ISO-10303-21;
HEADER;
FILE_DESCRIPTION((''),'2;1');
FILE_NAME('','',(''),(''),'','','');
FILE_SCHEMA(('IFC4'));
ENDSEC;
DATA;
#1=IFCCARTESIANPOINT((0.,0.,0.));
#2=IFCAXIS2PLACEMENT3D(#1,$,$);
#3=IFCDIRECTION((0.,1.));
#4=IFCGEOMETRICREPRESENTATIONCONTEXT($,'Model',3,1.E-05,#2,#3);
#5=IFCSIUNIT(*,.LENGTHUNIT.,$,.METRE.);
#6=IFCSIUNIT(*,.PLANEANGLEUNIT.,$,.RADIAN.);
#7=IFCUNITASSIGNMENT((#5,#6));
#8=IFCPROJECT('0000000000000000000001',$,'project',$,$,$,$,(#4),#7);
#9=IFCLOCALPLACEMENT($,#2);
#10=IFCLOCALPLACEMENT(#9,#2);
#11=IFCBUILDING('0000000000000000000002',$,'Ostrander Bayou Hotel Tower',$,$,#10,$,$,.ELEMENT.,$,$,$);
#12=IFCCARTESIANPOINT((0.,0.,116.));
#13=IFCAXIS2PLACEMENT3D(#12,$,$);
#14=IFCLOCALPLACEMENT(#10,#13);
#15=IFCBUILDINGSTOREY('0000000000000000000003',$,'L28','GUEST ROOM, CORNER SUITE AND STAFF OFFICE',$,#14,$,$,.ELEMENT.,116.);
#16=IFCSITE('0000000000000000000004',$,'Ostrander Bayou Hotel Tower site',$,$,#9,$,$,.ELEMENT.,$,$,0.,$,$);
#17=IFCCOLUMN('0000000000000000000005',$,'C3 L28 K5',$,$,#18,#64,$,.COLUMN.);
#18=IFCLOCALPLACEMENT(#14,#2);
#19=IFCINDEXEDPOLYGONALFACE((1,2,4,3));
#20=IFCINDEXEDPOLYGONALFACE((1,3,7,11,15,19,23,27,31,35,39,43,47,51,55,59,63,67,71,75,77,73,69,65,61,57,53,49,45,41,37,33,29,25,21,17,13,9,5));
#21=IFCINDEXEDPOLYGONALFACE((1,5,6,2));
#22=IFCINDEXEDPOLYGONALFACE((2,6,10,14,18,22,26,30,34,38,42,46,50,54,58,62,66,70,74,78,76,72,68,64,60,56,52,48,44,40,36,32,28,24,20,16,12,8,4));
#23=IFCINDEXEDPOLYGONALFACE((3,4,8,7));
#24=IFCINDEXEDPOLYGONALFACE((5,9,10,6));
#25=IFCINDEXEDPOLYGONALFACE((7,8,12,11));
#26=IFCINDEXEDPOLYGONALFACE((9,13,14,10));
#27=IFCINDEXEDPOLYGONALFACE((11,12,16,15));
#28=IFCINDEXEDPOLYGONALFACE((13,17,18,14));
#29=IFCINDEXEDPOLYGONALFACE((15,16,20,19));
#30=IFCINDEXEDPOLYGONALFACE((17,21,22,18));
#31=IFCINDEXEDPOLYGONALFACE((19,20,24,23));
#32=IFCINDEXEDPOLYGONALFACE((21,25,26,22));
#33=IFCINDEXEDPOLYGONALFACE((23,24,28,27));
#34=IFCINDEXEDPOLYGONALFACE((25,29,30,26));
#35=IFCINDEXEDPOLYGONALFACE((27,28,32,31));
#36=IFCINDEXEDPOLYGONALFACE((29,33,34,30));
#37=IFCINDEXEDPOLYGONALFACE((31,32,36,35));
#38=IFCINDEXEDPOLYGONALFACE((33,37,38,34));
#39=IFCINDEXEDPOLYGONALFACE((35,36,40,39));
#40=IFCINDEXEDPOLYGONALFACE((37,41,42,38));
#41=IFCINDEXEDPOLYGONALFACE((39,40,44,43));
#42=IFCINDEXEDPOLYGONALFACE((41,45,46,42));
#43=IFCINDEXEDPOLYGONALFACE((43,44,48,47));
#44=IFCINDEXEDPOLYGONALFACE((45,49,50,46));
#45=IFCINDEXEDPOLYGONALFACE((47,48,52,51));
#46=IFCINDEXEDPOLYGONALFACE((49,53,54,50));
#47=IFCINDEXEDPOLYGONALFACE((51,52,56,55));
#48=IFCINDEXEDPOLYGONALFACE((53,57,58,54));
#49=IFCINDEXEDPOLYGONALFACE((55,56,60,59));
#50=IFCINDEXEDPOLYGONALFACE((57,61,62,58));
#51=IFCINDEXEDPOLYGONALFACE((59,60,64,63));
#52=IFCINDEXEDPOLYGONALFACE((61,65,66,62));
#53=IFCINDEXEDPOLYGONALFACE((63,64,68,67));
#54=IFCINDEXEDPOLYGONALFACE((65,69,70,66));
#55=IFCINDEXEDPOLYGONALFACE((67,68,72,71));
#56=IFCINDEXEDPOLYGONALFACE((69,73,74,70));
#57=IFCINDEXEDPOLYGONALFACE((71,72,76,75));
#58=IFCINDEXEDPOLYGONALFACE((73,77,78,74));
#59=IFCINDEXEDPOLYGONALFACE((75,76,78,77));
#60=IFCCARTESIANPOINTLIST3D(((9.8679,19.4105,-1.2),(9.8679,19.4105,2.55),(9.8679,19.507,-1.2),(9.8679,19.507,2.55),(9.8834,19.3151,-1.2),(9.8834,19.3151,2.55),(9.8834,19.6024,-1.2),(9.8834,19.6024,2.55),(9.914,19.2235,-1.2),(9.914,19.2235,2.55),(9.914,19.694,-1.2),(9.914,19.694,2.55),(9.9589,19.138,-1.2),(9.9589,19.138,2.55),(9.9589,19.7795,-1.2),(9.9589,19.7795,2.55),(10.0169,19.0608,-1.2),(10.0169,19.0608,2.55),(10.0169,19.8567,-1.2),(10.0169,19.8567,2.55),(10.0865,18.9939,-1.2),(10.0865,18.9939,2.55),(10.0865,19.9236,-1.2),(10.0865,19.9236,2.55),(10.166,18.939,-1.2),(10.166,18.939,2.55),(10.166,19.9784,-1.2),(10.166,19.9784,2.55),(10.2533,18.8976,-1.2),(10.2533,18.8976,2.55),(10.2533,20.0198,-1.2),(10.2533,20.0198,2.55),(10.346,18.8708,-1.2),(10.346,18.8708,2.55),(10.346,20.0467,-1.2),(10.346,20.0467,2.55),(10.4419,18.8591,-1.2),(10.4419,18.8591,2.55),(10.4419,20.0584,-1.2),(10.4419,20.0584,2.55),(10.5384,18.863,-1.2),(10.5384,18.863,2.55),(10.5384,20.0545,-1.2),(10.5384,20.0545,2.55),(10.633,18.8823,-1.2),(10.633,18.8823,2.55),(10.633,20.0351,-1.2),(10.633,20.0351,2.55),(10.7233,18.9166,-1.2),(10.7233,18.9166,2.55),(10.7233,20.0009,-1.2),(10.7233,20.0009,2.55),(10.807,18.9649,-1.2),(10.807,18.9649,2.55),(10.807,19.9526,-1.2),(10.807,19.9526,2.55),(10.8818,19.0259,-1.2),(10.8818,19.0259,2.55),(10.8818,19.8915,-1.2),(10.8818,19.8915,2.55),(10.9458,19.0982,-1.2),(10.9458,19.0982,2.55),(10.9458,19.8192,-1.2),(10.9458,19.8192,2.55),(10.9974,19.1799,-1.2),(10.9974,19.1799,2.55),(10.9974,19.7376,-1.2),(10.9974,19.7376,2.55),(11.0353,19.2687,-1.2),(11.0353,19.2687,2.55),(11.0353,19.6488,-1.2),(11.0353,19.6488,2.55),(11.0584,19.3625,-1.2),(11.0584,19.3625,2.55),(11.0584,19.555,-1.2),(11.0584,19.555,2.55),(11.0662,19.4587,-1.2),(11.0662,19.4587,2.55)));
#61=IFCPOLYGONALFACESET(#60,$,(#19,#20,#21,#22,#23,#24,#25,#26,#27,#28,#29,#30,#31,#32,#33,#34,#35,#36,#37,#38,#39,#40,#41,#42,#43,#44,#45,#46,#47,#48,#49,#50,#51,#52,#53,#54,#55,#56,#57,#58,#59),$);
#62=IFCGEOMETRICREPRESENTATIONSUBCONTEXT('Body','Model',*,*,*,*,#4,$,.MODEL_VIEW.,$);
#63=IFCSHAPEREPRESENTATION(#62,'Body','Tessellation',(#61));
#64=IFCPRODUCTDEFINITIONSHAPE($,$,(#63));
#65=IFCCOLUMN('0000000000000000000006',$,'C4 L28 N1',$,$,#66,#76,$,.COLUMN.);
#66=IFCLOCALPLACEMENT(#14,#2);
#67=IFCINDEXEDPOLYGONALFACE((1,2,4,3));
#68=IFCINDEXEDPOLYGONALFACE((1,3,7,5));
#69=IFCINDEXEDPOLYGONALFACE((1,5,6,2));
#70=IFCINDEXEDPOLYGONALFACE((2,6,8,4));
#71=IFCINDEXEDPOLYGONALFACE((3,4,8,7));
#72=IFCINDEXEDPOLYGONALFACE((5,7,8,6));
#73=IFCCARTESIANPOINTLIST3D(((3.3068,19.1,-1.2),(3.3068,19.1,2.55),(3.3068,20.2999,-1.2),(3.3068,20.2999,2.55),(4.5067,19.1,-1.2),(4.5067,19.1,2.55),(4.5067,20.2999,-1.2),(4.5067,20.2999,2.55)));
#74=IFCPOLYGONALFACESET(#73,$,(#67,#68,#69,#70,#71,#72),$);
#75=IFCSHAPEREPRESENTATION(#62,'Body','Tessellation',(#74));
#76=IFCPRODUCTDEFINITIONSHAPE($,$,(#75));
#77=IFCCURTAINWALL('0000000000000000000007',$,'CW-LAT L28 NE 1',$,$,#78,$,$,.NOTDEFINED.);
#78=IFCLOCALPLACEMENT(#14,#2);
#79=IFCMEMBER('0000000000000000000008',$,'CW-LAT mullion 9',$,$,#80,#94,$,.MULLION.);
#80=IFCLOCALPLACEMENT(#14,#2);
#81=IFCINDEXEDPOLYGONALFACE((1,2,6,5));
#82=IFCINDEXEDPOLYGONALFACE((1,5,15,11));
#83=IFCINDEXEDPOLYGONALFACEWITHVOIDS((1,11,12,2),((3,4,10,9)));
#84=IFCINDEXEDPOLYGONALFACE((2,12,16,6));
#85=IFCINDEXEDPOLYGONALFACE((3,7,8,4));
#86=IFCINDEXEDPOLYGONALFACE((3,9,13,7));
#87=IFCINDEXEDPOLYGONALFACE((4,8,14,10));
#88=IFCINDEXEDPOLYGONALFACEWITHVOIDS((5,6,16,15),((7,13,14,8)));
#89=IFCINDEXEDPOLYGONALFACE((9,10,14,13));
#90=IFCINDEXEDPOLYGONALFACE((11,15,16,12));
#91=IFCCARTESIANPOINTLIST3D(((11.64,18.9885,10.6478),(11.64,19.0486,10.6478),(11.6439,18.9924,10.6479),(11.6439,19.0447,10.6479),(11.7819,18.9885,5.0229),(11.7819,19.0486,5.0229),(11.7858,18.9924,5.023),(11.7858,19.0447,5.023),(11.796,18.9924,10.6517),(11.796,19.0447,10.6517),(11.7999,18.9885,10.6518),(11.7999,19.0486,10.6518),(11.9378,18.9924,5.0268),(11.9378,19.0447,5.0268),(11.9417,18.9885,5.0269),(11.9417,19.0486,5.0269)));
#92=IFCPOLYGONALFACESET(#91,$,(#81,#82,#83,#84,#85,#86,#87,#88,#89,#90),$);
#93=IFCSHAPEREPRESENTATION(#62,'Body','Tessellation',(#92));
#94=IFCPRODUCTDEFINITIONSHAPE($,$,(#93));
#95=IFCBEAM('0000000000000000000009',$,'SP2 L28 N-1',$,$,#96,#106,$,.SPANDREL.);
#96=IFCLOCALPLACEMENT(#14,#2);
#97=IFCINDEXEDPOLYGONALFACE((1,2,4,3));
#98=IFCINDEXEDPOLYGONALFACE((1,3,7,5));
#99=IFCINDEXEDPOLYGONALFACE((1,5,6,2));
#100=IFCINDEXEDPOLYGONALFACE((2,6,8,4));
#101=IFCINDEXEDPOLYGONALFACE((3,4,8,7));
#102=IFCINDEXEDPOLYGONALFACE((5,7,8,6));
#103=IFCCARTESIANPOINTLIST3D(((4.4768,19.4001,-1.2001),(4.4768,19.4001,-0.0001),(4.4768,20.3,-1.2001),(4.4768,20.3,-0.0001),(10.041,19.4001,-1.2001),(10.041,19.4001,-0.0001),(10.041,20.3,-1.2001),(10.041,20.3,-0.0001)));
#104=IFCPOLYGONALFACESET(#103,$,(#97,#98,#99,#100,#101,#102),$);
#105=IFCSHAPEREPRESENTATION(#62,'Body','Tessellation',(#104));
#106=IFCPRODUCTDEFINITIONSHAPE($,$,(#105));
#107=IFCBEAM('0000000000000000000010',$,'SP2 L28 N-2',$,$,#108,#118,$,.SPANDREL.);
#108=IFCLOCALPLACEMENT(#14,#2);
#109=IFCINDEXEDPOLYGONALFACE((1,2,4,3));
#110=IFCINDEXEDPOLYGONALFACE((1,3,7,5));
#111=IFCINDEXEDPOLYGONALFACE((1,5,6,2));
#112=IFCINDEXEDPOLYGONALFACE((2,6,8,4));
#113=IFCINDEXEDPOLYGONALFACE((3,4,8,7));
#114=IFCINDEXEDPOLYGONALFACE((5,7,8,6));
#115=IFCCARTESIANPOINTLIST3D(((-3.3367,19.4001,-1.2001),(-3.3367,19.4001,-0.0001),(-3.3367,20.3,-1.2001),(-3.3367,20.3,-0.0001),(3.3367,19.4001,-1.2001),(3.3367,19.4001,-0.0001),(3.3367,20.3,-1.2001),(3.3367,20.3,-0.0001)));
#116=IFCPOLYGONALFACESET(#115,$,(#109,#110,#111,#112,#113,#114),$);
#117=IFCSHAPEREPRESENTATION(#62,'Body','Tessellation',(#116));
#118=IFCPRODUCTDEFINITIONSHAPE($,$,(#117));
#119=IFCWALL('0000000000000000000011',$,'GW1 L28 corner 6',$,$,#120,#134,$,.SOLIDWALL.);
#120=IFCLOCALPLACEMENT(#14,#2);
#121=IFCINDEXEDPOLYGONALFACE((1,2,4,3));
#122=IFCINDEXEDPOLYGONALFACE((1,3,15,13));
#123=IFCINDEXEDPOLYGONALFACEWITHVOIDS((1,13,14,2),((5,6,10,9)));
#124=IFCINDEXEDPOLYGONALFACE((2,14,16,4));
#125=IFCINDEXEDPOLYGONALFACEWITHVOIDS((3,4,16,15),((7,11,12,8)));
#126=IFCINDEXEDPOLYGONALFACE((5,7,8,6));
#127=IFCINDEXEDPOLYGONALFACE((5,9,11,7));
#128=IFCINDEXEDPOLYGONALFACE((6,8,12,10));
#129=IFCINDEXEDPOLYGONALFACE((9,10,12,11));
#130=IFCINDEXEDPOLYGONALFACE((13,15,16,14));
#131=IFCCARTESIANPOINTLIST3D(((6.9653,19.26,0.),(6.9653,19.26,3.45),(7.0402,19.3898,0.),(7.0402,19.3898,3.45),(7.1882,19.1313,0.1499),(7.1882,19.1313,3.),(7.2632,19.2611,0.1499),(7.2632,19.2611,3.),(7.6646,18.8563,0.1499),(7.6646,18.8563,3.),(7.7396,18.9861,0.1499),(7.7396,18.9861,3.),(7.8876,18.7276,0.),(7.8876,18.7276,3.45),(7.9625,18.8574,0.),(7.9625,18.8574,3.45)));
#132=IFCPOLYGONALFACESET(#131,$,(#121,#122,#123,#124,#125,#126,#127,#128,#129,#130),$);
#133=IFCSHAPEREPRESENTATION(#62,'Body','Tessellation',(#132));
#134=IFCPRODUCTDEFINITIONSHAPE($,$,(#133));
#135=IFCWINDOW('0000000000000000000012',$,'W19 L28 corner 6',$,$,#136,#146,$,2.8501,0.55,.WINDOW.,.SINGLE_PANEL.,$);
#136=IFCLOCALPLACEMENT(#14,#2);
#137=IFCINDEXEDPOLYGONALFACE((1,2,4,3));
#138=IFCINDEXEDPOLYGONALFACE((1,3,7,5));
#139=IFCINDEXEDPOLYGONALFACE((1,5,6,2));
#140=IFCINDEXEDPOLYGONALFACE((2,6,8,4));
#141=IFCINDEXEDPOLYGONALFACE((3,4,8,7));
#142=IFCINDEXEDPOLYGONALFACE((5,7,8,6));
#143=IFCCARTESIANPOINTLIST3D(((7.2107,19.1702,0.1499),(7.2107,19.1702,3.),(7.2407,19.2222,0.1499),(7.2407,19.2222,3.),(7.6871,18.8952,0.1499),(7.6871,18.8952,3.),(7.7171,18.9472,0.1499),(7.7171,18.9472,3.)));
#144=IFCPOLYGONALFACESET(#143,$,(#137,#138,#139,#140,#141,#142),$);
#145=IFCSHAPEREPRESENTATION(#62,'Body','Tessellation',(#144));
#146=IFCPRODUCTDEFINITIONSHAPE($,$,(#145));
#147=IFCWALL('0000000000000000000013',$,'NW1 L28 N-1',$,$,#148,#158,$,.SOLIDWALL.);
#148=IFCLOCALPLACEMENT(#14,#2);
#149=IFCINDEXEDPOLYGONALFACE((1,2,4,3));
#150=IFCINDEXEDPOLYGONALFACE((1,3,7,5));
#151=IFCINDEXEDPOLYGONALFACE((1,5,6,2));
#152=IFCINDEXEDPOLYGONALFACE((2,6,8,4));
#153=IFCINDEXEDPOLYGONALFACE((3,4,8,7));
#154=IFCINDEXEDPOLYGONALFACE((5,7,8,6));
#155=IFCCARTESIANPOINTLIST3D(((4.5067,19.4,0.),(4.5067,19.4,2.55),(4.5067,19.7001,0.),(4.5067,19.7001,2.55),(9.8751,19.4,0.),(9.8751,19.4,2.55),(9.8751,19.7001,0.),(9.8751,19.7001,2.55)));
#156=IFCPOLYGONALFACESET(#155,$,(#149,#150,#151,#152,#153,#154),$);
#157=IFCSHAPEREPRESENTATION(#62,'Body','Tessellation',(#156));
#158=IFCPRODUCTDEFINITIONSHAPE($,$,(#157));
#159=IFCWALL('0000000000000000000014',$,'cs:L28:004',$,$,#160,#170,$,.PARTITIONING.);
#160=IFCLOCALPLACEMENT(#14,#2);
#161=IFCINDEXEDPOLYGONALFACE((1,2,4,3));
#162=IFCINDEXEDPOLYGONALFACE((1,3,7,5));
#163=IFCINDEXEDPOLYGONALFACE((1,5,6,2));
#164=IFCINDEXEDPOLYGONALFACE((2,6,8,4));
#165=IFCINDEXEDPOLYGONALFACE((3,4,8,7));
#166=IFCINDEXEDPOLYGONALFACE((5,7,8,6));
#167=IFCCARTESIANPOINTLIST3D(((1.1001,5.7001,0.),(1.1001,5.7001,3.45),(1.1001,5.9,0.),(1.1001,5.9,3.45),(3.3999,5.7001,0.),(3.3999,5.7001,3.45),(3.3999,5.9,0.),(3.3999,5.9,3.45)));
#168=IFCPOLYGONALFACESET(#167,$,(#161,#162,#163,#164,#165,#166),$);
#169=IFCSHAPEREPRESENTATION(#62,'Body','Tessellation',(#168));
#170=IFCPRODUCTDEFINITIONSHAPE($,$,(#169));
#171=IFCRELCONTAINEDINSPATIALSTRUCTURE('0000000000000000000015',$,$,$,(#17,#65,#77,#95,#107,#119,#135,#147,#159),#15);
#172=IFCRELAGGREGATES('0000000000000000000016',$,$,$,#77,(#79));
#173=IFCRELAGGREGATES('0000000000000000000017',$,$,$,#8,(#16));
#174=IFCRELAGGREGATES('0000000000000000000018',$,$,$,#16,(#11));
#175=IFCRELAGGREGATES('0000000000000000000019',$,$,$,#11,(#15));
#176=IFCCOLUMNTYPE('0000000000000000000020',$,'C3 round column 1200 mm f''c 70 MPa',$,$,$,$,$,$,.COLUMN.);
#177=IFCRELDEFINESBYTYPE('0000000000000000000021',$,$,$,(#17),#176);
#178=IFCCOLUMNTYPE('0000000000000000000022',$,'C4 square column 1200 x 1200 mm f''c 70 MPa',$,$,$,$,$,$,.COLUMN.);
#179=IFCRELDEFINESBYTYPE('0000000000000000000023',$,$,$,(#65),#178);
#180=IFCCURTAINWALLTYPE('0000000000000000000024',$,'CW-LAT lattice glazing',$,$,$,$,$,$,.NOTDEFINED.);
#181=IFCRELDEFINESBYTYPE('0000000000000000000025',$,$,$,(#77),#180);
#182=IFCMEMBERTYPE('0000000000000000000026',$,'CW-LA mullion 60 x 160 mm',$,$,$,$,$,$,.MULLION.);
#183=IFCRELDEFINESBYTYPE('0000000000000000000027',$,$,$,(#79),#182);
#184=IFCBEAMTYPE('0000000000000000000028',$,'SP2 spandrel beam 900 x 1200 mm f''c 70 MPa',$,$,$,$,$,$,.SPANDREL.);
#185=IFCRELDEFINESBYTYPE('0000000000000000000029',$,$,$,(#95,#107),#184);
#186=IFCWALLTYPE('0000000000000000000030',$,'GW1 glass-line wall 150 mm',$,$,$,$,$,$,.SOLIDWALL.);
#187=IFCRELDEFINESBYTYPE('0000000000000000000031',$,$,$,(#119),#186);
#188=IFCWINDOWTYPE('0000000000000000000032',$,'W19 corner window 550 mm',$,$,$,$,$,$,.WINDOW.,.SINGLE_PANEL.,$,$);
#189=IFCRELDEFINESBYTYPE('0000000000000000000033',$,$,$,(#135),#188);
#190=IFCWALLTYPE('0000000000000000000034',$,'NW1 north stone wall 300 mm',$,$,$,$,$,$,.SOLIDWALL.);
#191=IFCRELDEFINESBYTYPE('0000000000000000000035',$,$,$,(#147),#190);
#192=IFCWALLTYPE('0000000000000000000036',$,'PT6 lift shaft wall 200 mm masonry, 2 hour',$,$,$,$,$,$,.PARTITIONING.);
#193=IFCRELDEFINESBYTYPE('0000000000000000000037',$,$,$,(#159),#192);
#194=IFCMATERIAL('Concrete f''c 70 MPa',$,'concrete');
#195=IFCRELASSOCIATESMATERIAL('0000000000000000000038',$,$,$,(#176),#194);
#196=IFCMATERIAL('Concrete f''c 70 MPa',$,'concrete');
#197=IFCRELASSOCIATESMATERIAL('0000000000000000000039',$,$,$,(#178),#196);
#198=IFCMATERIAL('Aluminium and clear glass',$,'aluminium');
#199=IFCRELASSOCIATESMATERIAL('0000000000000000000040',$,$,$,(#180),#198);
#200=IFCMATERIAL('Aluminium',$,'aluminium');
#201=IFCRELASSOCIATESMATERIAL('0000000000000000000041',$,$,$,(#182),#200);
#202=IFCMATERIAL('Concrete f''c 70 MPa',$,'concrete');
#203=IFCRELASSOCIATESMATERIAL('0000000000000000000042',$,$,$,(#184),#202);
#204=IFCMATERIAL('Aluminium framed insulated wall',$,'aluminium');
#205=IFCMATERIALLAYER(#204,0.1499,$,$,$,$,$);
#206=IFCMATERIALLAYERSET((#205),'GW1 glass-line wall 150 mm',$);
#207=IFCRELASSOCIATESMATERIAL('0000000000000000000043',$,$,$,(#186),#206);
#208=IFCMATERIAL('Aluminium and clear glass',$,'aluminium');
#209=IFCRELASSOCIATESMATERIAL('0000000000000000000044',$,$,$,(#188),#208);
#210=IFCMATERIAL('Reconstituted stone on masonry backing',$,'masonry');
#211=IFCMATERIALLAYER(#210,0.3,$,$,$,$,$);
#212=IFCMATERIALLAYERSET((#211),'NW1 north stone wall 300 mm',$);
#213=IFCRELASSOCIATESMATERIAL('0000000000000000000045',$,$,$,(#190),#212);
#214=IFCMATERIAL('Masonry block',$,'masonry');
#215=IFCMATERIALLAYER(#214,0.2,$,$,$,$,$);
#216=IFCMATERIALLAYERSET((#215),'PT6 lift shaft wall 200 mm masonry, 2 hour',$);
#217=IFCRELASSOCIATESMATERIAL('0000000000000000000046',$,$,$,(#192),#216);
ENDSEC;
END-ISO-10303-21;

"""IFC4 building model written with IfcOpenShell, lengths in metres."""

from ifc_helpers import new_model, si_unit, direction, frame, frame_2d, origin, origin_2d, place, context, subcontext, project, spatial, rectangle, hollow_rectangle, circle, extrude, material, layer, layer_set, material_profile, profile_set, type_object, element, fill, aggregate, save


model = new_model("IFC4")

# Units and contexts
model_context = context("Model", 3, precision=1e-05, world=origin(), true_north=direction((0.0, 1.0)))
body_context = subcontext(model_context, "Body", "Model", "MODEL_VIEW")
ifc_project = project(units=[si_unit("LENGTHUNIT", "METRE"), si_unit("PLANEANGLEUNIT", "RADIAN")], contexts=[model_context])

# Site, building, storey
site_placement = place(None, origin())
site = spatial("IfcSite", under=ifc_project, at=site_placement, Name="Ostrander Bayou Hotel Tower site", CompositionType="ELEMENT", RefElevation=0.0)
building_placement = place(site_placement, origin())
building = spatial("IfcBuilding", under=site, at=building_placement, Name="Ostrander Bayou Hotel Tower", CompositionType="ELEMENT")
storey_placement = place(building_placement, frame((0.0, 0.0, 116.0)))
storey = spatial("IfcBuildingStorey", under=building, at=storey_placement, Name="L28", Description="GUEST ROOM, CORNER SUITE AND STAFF OFFICE", CompositionType="ELEMENT", Elevation=116.0)

# Columns
ifc_material_1 = material(Name="Concrete f'c 70 MPa", Category="concrete")
ifc_material_profile_1 = material_profile(ifc_material_1, circle(Radius=0.6001, at=origin_2d()))
ifc_profile_set_1 = profile_set([ifc_material_profile_1], Name="Concrete f'c 70 MPa")
column_type_1 = type_object("IfcColumnType", Name="C3 round column 1200 mm f'c 70 MPa", PredefinedType="COLUMN", material=ifc_profile_set_1)
column_1_placement = place(storey_placement, frame((10.4661, 19.4587, -1.2), z_axis=(0.0, 0.0, 1.0), x_axis=(1.0, 0.0, 0.0)))
element("IfcColumn", 1, at=column_1_placement, inside=storey, type_object=column_type_1, Name="C3 L28 K5", PredefinedType="COLUMN", context=body_context, shape_type="SweptSolid", body=[
    extrude(circle(Radius=0.6001, at=origin_2d()), origin(), (0.0, 0.0, 1.0), 3.75),
])
ifc_material_2 = material(Name="Concrete f'c 70 MPa", Category="concrete")
ifc_material_profile_2 = material_profile(ifc_material_2, rectangle(XDim=1.2, YDim=1.2, at=origin_2d()))
ifc_profile_set_2 = profile_set([ifc_material_profile_2], Name="Concrete f'c 70 MPa")
column_type_2 = type_object("IfcColumnType", Name="C4 square column 1200 x 1200 mm f'c 70 MPa", PredefinedType="COLUMN", material=ifc_profile_set_2)
column_2_placement = place(storey_placement, frame((3.9067, 19.7, -1.2), z_axis=(0.0, 0.0, 1.0), x_axis=(1.0, 0.0, 0.0)))
element("IfcColumn", 2, at=column_2_placement, inside=storey, type_object=column_type_2, Name="C4 L28 N1", PredefinedType="COLUMN", context=body_context, shape_type="SweptSolid", body=[
    extrude(rectangle(XDim=1.2, YDim=1.2, at=origin_2d()), origin(), (0.0, 0.0, 1.0), 3.75),
])

# Curtain wall, member
ifc_material_3 = material(Name="Aluminium and clear glass", Category="aluminium")
curtain_wall_type = type_object("IfcCurtainWallType", Name="CW-LAT lattice glazing", PredefinedType="NOTDEFINED", material=ifc_material_3)
curtain_wall_placement = place(storey_placement, origin())
curtain_wall = element("IfcCurtainWall", 3, at=curtain_wall_placement, inside=storey, type_object=curtain_wall_type, Name="CW-LAT L28 NE 1", PredefinedType="NOTDEFINED")
ifc_material_4 = material(Name="Aluminium", Category="aluminium")
ifc_material_profile_3 = material_profile(ifc_material_4, hollow_rectangle(XDim=0.0601, YDim=0.1599, WallThickness=0.0039, at=origin_2d()))
ifc_profile_set_3 = profile_set([ifc_material_profile_3], Name="Aluminium")
member_type = type_object("IfcMemberType", Name="CW-LA mullion 60 x 160 mm", PredefinedType="MULLION", material=ifc_profile_set_3)
member_placement = place(storey_placement, frame((11.8618, 19.0186, 5.0249), z_axis=(-0.025209, 0.0, 0.999682), x_axis=(0.0, -1.0, 0.0)))
member = element("IfcMember", 4, at=member_placement, type_object=member_type, Name="CW-LAT mullion 9", PredefinedType="MULLION", context=body_context, shape_type="SweptSolid", body=[
    extrude(hollow_rectangle(XDim=0.0601, YDim=0.1599, WallThickness=0.0039, at=origin_2d()), origin(), (0.0, 0.0, 1.0), 5.6267),
])
aggregate(curtain_wall, [member])

# Beams
ifc_material_5 = material(Name="Concrete f'c 70 MPa", Category="concrete")
ifc_material_profile_4 = material_profile(ifc_material_5, rectangle(XDim=0.8999, YDim=1.2, at=origin_2d()))
ifc_profile_set_4 = profile_set([ifc_material_profile_4], Name="Concrete f'c 70 MPa")
beam_type = type_object("IfcBeamType", Name="SP2 spandrel beam 900 x 1200 mm f'c 70 MPa", PredefinedType="SPANDREL", material=ifc_profile_set_4)
beam_1_placement = place(storey_placement, frame((10.041, 19.8501, -0.6001), z_axis=(-1.0, 0.0, 0.0), x_axis=(0.0, -1.0, 0.0)))
element("IfcBeam", 5, at=beam_1_placement, inside=storey, type_object=beam_type, Name="SP2 L28 N-1", PredefinedType="SPANDREL", context=body_context, shape_type="SweptSolid", body=[
    extrude(rectangle(XDim=0.8999, YDim=1.2, at=origin_2d()), origin(), (0.0, 0.0, 1.0), 5.5642),
])
beam_2_placement = place(storey_placement, frame((3.3367, 19.8501, -0.6001), z_axis=(-1.0, 0.0, 0.0), x_axis=(0.0, -1.0, 0.0)))
element("IfcBeam", 6, at=beam_2_placement, inside=storey, type_object=beam_type, Name="SP2 L28 N-2", PredefinedType="SPANDREL", context=body_context, shape_type="SweptSolid", body=[
    extrude(rectangle(XDim=0.8999, YDim=1.2, at=origin_2d()), origin(), (0.0, 0.0, 1.0), 6.6733),
])

# Wall, opening, window
ifc_material_6 = material(Name="Aluminium framed insulated wall", Category="aluminium")
ifc_layer_1 = layer(ifc_material_6, 0.1499)
ifc_layer_set_1 = layer_set([ifc_layer_1], Name="GW1 glass-line wall 150 mm")
wall_type_1 = type_object("IfcWallType", Name="GW1 glass-line wall 150 mm", PredefinedType="SOLIDWALL", material=ifc_layer_set_1)
wall_1_placement = place(storey_placement, frame((7.925, 18.7925, 0.0), z_axis=(0.0, 0.0, 1.0), x_axis=(-0.866048, 0.499961, 0.0)))
wall_1 = element("IfcWall", 7, at=wall_1_placement, inside=storey, type_object=wall_type_1, Name="GW1 L28 corner 6", PredefinedType="SOLIDWALL", context=body_context, shape_type="SweptSolid", body=[
    extrude(rectangle(XDim=1.0649, YDim=0.1499, at=frame_2d((0.5325, 0.0))), origin(), (0.0, 0.0, 1.0), 3.45),
])
opening_1_placement = place(wall_1_placement, frame((0.2576, 0.0, 0.1499)))
opening_1 = element("IfcOpeningElement", 8, at=opening_1_placement, cuts=wall_1, PredefinedType="OPENING", context=body_context, shape_type="SweptSolid", body=[
    extrude(rectangle(XDim=0.55, YDim=2.8501, at=frame_2d((0.2749, 1.425))), frame((0.0, 0.075, 0.0), z_axis=(0.0, -1.0, 0.0), x_axis=(1.0, 0.0, 0.0)), (0.0, 0.0, 1.0), 0.1499),
])
ifc_material_7 = material(Name="Aluminium and clear glass", Category="aluminium")
window_type_1 = type_object("IfcWindowType", Name="W19 corner window 550 mm", PartitioningType="SINGLE_PANEL", PredefinedType="WINDOW", material=ifc_material_7)
window_1_placement = place(opening_1_placement, origin())
window_1 = element("IfcWindow", 9, at=window_1_placement, inside=storey, type_object=window_type_1, Name="W19 L28 corner 6", OverallHeight=2.8501, OverallWidth=0.55, PartitioningType="SINGLE_PANEL", PredefinedType="WINDOW", context=body_context, shape_type="SweptSolid", body=[
    extrude(rectangle(XDim=0.55, YDim=2.8501, at=frame_2d((0.2749, 1.425))), frame((0.0, 0.03, 0.0), z_axis=(0.0, -1.0, 0.0), x_axis=(1.0, 0.0, 0.0)), (0.0, 0.0, 1.0), 0.0601),
])
fill(opening_1, window_1)

# Wall
ifc_material_8 = material(Name="Reconstituted stone on masonry backing", Category="masonry")
ifc_layer_2 = layer(ifc_material_8, 0.3)
ifc_layer_set_2 = layer_set([ifc_layer_2], Name="NW1 north stone wall 300 mm")
wall_type_2 = type_object("IfcWallType", Name="NW1 north stone wall 300 mm", PredefinedType="SOLIDWALL", material=ifc_layer_set_2)
wall_2_placement = place(storey_placement, frame((9.875, 19.55, 0.0), z_axis=(0.0, 0.0, 1.0), x_axis=(-1.0, 0.0, 0.0)))
element("IfcWall", 10, at=wall_2_placement, inside=storey, type_object=wall_type_2, Name="NW1 L28 N-1", PredefinedType="SOLIDWALL", context=body_context, shape_type="SweptSolid", body=[
    extrude(rectangle(XDim=5.3684, YDim=0.3, at=frame_2d((2.6841, 0.0))), origin(), (0.0, 0.0, 1.0), 2.55),
])

# Wall
ifc_material_9 = material(Name="Masonry block", Category="masonry")
ifc_layer_3 = layer(ifc_material_9, 0.2)
ifc_layer_set_3 = layer_set([ifc_layer_3], Name="PT6 lift shaft wall 200 mm masonry, 2 hour")
wall_type_3 = type_object("IfcWallType", Name="PT6 lift shaft wall 200 mm masonry, 2 hour", PredefinedType="PARTITIONING", material=ifc_layer_set_3)
wall_3_placement = place(storey_placement, frame((1.1001, 5.8, 0.0), z_axis=(0.0, 0.0, 1.0), x_axis=(1.0, 0.0, 0.0)))
element("IfcWall", 11, at=wall_3_placement, inside=storey, type_object=wall_type_3, Name="cs:L28:004", PredefinedType="PARTITIONING", context=body_context, shape_type="SweptSolid", body=[
    extrude(rectangle(XDim=2.2998, YDim=0.2, at=frame_2d((1.1499, 0.0))), origin(), (0.0, 0.0, 1.0), 3.45),
])

save(model, "model.ifc")
